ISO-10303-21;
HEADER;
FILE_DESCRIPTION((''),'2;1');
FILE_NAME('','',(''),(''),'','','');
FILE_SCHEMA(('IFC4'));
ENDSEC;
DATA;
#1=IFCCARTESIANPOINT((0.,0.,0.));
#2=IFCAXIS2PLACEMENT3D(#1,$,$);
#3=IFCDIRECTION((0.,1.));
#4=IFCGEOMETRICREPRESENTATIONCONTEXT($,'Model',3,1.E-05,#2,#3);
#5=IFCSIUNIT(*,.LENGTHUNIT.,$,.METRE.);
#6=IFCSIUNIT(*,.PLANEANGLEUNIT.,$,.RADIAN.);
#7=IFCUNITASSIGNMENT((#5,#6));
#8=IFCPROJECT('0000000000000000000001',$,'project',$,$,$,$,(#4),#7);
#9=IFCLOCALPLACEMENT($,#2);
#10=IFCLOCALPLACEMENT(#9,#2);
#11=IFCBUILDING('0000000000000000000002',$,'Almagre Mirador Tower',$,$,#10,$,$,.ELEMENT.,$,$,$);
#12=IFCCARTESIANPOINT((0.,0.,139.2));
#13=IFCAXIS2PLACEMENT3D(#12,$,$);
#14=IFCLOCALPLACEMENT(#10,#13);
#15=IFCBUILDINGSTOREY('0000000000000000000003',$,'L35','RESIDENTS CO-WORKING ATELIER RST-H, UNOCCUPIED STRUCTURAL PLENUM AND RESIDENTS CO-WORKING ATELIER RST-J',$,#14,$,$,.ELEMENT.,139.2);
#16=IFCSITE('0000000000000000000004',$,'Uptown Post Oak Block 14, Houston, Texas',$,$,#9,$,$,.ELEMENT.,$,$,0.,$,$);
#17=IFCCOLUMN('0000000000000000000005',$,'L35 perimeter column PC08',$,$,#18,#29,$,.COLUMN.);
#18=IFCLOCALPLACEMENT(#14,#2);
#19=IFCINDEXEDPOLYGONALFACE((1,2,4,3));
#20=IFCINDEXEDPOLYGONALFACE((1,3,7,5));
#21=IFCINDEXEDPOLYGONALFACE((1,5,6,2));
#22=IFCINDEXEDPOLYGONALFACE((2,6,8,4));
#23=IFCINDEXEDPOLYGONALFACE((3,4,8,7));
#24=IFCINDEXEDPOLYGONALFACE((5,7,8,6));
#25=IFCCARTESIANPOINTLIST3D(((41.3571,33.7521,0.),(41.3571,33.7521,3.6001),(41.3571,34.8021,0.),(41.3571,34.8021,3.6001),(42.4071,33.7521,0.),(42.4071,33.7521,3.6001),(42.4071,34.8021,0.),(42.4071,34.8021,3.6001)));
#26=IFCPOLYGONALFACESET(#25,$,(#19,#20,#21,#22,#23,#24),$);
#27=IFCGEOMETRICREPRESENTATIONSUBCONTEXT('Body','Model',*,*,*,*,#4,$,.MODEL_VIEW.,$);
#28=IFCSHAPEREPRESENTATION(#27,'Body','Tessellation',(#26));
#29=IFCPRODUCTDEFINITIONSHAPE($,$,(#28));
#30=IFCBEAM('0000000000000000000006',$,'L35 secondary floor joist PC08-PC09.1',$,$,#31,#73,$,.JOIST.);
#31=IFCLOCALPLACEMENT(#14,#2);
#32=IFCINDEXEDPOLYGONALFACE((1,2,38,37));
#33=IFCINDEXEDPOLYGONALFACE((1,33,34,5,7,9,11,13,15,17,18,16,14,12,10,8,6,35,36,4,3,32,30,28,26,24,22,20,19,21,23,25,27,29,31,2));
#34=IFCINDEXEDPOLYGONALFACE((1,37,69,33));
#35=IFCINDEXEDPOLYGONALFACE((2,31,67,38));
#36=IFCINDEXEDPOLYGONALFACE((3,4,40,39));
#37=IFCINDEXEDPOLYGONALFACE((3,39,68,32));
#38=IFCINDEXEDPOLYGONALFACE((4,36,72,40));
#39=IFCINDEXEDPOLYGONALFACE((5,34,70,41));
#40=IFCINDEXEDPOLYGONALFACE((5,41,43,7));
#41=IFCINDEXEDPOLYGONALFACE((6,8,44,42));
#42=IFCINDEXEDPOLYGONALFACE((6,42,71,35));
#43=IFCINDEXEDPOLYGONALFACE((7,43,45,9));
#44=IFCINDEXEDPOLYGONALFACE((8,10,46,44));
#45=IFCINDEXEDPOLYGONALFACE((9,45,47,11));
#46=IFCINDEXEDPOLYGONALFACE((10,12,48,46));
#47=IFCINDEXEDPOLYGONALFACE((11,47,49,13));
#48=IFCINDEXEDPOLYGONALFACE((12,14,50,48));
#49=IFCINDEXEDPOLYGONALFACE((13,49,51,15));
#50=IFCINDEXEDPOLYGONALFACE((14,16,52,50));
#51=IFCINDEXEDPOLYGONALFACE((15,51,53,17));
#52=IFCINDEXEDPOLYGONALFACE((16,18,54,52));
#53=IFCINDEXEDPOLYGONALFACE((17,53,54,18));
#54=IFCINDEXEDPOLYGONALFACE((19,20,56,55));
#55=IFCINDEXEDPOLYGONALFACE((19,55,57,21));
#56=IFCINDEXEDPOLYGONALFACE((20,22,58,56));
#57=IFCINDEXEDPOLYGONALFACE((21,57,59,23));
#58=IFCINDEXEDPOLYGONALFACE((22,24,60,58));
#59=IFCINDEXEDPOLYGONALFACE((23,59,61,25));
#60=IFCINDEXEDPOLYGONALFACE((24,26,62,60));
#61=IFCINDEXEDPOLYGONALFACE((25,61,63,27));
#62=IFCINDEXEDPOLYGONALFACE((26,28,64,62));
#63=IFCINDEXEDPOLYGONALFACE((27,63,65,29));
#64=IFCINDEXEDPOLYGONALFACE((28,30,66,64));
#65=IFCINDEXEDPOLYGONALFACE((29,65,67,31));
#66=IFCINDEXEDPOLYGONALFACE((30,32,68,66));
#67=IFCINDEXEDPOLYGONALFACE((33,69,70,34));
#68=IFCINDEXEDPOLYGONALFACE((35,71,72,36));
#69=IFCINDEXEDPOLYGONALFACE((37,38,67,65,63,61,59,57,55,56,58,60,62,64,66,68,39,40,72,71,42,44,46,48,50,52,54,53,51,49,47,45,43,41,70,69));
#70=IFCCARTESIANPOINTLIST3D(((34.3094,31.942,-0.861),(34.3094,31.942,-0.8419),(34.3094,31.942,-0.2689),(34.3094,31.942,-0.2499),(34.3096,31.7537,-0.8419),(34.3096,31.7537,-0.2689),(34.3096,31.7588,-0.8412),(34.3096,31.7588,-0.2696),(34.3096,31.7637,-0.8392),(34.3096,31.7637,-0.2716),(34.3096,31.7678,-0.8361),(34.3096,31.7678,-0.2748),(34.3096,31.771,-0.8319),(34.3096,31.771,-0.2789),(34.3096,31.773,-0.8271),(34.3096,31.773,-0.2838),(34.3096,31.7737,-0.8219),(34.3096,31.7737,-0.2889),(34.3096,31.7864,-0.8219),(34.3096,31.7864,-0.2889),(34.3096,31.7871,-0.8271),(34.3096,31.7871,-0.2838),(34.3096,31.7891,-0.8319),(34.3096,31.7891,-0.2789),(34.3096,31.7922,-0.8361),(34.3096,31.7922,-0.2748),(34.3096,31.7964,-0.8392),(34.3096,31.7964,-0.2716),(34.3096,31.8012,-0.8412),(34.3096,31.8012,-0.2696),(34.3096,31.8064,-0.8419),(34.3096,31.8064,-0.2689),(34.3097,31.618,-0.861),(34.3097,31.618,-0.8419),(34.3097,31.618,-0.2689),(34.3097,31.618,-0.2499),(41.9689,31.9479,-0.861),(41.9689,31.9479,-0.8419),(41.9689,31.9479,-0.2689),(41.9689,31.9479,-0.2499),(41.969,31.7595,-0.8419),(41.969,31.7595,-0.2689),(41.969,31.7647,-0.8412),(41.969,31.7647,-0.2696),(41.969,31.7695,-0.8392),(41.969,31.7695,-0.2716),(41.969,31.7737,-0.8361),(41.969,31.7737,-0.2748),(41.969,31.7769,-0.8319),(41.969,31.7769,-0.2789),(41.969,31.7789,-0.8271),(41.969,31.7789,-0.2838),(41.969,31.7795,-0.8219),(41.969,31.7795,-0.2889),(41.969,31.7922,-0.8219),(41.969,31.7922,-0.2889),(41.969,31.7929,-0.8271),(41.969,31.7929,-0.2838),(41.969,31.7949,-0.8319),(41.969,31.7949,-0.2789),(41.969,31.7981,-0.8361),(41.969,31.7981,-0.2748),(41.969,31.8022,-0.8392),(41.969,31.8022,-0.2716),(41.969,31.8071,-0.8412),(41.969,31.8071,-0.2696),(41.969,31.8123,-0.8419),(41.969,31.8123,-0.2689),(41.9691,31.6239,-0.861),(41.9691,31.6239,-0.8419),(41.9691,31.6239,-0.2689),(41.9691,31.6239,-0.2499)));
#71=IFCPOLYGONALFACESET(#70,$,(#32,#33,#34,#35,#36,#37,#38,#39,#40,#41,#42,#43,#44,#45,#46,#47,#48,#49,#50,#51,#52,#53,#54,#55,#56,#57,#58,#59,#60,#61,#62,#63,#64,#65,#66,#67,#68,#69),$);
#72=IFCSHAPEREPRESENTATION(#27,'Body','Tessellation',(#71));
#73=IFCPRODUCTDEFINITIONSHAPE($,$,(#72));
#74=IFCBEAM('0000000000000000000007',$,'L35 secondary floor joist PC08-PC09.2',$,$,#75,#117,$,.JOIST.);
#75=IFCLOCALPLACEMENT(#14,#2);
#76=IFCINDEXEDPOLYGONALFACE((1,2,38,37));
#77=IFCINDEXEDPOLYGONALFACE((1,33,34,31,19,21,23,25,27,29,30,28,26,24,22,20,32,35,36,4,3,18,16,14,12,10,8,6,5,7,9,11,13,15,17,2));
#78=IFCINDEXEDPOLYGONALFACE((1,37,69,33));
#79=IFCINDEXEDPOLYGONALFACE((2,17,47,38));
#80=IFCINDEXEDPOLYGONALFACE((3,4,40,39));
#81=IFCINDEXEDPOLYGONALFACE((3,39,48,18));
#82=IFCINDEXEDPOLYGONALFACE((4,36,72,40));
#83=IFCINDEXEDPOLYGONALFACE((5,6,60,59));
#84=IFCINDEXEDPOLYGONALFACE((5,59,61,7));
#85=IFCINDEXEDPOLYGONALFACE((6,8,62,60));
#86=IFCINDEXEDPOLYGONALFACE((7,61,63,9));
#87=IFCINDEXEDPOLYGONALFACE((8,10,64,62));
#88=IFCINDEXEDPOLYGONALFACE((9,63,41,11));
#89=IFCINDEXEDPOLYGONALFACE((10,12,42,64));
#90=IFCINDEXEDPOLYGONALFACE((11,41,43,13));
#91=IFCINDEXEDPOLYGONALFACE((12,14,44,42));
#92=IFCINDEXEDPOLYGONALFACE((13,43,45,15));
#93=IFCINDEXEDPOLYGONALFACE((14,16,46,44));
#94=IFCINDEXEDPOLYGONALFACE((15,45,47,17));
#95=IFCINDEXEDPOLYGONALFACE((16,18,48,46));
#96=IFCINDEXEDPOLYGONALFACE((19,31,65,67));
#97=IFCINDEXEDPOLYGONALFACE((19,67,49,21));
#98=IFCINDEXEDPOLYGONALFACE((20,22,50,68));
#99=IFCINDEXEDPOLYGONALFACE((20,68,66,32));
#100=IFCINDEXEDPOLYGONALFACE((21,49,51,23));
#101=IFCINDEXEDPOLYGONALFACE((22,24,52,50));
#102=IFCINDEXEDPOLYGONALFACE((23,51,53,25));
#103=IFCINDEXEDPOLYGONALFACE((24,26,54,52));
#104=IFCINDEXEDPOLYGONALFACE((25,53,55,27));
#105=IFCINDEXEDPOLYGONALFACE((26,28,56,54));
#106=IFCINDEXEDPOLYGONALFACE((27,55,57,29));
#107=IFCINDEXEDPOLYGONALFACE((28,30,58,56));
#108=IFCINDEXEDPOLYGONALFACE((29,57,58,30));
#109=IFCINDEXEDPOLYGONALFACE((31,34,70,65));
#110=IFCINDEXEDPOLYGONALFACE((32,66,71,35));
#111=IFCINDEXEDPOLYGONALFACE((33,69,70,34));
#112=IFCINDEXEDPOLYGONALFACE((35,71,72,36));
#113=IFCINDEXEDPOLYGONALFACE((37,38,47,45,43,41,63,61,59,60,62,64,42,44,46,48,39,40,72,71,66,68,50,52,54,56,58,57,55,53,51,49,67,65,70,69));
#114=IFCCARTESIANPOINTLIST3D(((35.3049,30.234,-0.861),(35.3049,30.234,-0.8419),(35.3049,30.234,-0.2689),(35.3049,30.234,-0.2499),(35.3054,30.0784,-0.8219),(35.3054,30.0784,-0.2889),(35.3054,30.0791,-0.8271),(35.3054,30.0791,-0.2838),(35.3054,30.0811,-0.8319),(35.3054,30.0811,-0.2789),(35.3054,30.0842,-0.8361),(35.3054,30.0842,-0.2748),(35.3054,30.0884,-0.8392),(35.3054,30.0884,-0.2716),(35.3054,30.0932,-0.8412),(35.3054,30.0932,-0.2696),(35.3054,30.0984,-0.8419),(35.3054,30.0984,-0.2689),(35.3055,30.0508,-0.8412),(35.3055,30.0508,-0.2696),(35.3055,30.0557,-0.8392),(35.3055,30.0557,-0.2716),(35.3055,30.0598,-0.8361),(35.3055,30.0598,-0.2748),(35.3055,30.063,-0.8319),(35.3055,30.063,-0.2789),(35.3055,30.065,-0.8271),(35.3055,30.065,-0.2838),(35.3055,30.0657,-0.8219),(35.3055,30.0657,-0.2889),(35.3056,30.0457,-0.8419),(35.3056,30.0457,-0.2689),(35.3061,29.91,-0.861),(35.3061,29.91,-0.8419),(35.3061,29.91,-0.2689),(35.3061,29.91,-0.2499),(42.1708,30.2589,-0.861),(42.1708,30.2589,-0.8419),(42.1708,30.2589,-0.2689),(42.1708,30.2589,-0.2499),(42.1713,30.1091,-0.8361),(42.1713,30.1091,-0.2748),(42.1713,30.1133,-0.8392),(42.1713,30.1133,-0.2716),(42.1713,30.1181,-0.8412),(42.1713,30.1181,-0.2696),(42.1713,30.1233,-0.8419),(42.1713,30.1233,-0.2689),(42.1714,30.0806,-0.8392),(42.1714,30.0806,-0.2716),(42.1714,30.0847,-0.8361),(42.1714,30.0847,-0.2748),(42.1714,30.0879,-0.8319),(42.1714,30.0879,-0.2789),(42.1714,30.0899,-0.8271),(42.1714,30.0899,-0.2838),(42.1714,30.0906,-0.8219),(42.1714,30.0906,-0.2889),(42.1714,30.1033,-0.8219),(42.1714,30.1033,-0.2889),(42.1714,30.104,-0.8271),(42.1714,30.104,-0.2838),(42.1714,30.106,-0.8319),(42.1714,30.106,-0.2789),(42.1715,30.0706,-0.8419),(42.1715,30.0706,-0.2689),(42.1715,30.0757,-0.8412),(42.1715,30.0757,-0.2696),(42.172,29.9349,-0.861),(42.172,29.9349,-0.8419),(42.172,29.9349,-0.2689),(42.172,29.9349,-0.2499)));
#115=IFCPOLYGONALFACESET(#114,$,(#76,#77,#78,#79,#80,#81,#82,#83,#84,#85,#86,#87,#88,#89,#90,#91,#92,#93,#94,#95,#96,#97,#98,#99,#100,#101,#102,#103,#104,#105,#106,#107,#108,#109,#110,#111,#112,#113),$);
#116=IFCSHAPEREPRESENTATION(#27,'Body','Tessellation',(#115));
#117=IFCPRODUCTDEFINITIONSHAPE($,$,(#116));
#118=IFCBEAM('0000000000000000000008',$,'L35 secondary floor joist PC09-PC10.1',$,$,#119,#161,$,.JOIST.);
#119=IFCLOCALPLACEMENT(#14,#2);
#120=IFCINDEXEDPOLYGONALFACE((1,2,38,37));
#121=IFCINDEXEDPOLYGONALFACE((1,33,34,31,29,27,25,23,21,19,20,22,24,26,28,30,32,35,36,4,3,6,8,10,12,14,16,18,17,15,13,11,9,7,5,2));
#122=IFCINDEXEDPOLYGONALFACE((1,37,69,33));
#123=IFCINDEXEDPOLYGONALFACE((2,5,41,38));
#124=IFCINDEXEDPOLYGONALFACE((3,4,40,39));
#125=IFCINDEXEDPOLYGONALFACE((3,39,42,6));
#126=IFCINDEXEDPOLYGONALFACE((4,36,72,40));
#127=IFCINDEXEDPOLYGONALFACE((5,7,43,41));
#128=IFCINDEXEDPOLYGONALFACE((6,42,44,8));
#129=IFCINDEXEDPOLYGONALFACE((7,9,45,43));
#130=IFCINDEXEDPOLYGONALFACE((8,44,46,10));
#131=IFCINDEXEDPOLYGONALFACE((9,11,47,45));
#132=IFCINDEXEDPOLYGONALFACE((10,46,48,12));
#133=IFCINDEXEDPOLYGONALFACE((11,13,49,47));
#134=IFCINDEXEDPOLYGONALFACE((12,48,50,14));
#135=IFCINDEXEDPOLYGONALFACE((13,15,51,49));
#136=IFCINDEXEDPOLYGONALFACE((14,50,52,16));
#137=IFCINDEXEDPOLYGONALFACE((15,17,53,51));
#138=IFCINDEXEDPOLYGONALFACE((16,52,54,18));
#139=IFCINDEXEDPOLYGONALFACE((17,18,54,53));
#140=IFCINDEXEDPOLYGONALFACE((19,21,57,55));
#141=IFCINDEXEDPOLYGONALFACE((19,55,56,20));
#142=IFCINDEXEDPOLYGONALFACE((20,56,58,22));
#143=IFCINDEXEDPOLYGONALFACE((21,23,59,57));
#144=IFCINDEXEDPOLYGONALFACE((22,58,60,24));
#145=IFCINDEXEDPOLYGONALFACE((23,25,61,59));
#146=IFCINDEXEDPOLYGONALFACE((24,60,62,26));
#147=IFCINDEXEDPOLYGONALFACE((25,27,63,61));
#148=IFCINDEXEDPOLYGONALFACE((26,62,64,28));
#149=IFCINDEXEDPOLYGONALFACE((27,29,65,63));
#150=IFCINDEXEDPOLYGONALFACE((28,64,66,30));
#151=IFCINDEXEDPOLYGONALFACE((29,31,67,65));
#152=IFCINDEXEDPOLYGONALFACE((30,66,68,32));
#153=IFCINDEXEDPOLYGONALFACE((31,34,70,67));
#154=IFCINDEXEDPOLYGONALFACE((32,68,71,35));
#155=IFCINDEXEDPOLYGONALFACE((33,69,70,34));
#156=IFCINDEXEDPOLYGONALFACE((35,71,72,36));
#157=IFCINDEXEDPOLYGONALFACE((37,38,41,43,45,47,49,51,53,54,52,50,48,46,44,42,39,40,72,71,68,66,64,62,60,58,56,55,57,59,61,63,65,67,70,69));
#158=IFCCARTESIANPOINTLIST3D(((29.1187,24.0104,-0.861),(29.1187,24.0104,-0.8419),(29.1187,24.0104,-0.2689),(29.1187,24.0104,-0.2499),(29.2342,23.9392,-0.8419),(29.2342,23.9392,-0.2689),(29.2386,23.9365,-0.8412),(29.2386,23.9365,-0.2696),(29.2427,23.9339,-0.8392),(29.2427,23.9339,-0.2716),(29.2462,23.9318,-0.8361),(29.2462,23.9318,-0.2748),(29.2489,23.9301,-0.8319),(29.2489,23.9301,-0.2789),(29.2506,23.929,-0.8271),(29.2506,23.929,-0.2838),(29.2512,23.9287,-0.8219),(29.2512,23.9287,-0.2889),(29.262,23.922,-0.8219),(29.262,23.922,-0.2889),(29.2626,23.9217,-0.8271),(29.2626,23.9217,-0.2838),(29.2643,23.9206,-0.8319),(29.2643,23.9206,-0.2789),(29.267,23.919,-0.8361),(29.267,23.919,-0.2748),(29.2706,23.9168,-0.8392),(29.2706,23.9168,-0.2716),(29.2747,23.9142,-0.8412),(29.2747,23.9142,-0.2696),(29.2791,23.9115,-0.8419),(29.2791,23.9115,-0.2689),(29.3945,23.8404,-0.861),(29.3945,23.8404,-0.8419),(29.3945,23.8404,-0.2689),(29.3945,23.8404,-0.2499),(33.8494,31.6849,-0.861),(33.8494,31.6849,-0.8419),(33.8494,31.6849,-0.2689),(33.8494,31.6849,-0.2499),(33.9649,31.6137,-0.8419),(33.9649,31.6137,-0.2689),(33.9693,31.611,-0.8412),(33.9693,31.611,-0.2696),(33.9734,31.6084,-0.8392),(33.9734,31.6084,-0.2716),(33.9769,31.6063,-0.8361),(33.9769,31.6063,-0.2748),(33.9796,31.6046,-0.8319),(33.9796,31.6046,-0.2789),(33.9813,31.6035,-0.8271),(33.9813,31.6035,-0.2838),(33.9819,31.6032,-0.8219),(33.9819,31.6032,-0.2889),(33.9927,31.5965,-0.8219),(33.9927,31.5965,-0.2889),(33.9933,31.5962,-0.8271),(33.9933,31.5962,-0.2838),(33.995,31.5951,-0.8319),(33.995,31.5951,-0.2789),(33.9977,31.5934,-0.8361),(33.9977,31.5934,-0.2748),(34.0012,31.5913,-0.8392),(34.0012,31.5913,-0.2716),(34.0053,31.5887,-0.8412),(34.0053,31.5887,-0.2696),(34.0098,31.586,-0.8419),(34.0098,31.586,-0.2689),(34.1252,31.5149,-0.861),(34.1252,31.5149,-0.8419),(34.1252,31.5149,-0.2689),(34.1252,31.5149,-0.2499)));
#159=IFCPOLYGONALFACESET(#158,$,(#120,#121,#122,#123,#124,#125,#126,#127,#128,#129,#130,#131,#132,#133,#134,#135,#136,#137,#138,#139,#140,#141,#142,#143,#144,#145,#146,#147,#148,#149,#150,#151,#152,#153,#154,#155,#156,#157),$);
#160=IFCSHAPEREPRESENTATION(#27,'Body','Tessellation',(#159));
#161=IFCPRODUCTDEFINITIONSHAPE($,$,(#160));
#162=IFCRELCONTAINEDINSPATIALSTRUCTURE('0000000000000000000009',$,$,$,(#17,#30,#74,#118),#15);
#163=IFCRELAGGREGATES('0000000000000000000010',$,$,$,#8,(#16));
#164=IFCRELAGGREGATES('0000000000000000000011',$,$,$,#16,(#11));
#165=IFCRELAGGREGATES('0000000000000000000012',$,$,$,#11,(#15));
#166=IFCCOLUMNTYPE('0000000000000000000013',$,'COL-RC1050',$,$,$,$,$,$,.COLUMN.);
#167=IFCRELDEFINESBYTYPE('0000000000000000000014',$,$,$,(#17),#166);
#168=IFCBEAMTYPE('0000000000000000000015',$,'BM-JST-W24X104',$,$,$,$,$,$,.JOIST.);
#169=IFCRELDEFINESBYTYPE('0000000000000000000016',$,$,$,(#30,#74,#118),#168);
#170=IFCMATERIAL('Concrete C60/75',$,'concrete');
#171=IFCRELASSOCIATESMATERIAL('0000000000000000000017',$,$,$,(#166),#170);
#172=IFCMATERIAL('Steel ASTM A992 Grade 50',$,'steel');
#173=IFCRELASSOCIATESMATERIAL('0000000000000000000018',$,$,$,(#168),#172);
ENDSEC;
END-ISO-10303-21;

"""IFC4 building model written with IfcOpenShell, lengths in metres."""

from ifc_helpers import new_model, si_unit, direction, frame, origin, origin_2d, place, context, subcontext, project, spatial, rectangle, i_section, extrude, material, material_profile, profile_set, type_object, element, save


model = new_model("IFC4")

# Units and contexts
model_context = context("Model", 3, precision=1e-05, world=origin(), true_north=direction((0.0, 1.0)))
body_context = subcontext(model_context, "Body", "Model", "MODEL_VIEW")
ifc_project = project(units=[si_unit("LENGTHUNIT", "METRE"), si_unit("PLANEANGLEUNIT", "RADIAN")], contexts=[model_context])

# Site, building, storey
site_placement = place(None, origin())
site = spatial("IfcSite", under=ifc_project, at=site_placement, Name="Uptown Post Oak Block 14, Houston, Texas", CompositionType="ELEMENT", RefElevation=0.0)
building_placement = place(site_placement, origin())
building = spatial("IfcBuilding", under=site, at=building_placement, Name="Almagre Mirador Tower", CompositionType="ELEMENT")
storey_placement = place(building_placement, frame((0.0, 0.0, 139.2)))
storey = spatial("IfcBuildingStorey", under=building, at=storey_placement, Name="L35", Description="RESIDENTS CO-WORKING ATELIER RST-H, UNOCCUPIED STRUCTURAL PLENUM AND RESIDENTS CO-WORKING ATELIER RST-J", CompositionType="ELEMENT", Elevation=139.2)

# Column
ifc_material_1 = material(Name="Concrete C60/75", Category="concrete")
ifc_material_profile_1 = material_profile(ifc_material_1, rectangle(XDim=1.05, YDim=1.05, at=origin_2d()), Name="RC1050X1050")
ifc_profile_set_1 = profile_set([ifc_material_profile_1], Name="Concrete C60/75")
column_type = type_object("IfcColumnType", Name="COL-RC1050", PredefinedType="COLUMN", material=ifc_profile_set_1)
column_placement = place(storey_placement, frame((41.8821, 34.2771, 0.0), z_axis=(0.0, 0.0, 1.0), x_axis=(1.0, 0.0, 0.0)))
element("IfcColumn", 1, at=column_placement, inside=storey, type_object=column_type, Name="L35 perimeter column PC08", PredefinedType="COLUMN", context=body_context, shape_type="SweptSolid", body=[
    extrude(rectangle(XDim=1.05, YDim=1.05, at=origin_2d()), origin(), (0.0, 0.0, 1.0), 3.6001),
])

# Beams
ifc_material_2 = material(Name="Steel ASTM A992 Grade 50", Category="steel")
ifc_material_profile_2 = material_profile(ifc_material_2, i_section(OverallWidth=0.324, OverallDepth=0.6111, WebThickness=0.0127, FlangeThickness=0.019, FilletRadius=0.02, at=origin_2d()), Name="W24X104")
ifc_profile_set_2 = profile_set([ifc_material_profile_2], Name="Steel ASTM A992 Grade 50")
beam_type_1 = type_object("IfcBeamType", Name="BM-JST-W24X104", PredefinedType="JOIST", material=ifc_profile_set_2)
beam_1_placement = place(storey_placement, frame((41.969, 31.7859, -0.5554), z_axis=(-1.0, -0.000765, 0.0), x_axis=(0.000765, -1.0, 0.0)))
element("IfcBeam", 2, at=beam_1_placement, inside=storey, type_object=beam_type_1, Name="L35 secondary floor joist PC08-PC09.1", PredefinedType="JOIST", context=body_context, shape_type="SweptSolid", body=[
    extrude(i_section(OverallWidth=0.324, OverallDepth=0.6111, WebThickness=0.0127, FlangeThickness=0.019, FilletRadius=0.02, at=origin_2d()), origin(), (0.0, 0.0, 1.0), 7.6594),
])
beam_2_placement = place(storey_placement, frame((42.1714, 30.0969, -0.5554), z_axis=(-0.999993, -0.003627, 0.0), x_axis=(0.003627, -0.999993, 0.0)))
element("IfcBeam", 3, at=beam_2_placement, inside=storey, type_object=beam_type_1, Name="L35 secondary floor joist PC08-PC09.2", PredefinedType="JOIST", context=body_context, shape_type="SweptSolid", body=[
    extrude(i_section(OverallWidth=0.324, OverallDepth=0.6111, WebThickness=0.0127, FlangeThickness=0.019, FilletRadius=0.02, at=origin_2d()), origin(), (0.0, 0.0, 1.0), 6.866),
])
beam_3_placement = place(storey_placement, frame((33.9873, 31.5999, -0.5554), z_axis=(-0.524733, -0.851267, 0.0), x_axis=(0.851267, -0.524733, 0.0)))
element("IfcBeam", 4, at=beam_3_placement, inside=storey, type_object=beam_type_1, Name="L35 secondary floor joist PC09-PC10.1", PredefinedType="JOIST", context=body_context, shape_type="SweptSolid", body=[
    extrude(i_section(OverallWidth=0.324, OverallDepth=0.6111, WebThickness=0.0127, FlangeThickness=0.019, FilletRadius=0.02, at=origin_2d()), origin(), (0.0, 0.0, 1.0), 9.0154),
])

save(model, "model.ifc")
